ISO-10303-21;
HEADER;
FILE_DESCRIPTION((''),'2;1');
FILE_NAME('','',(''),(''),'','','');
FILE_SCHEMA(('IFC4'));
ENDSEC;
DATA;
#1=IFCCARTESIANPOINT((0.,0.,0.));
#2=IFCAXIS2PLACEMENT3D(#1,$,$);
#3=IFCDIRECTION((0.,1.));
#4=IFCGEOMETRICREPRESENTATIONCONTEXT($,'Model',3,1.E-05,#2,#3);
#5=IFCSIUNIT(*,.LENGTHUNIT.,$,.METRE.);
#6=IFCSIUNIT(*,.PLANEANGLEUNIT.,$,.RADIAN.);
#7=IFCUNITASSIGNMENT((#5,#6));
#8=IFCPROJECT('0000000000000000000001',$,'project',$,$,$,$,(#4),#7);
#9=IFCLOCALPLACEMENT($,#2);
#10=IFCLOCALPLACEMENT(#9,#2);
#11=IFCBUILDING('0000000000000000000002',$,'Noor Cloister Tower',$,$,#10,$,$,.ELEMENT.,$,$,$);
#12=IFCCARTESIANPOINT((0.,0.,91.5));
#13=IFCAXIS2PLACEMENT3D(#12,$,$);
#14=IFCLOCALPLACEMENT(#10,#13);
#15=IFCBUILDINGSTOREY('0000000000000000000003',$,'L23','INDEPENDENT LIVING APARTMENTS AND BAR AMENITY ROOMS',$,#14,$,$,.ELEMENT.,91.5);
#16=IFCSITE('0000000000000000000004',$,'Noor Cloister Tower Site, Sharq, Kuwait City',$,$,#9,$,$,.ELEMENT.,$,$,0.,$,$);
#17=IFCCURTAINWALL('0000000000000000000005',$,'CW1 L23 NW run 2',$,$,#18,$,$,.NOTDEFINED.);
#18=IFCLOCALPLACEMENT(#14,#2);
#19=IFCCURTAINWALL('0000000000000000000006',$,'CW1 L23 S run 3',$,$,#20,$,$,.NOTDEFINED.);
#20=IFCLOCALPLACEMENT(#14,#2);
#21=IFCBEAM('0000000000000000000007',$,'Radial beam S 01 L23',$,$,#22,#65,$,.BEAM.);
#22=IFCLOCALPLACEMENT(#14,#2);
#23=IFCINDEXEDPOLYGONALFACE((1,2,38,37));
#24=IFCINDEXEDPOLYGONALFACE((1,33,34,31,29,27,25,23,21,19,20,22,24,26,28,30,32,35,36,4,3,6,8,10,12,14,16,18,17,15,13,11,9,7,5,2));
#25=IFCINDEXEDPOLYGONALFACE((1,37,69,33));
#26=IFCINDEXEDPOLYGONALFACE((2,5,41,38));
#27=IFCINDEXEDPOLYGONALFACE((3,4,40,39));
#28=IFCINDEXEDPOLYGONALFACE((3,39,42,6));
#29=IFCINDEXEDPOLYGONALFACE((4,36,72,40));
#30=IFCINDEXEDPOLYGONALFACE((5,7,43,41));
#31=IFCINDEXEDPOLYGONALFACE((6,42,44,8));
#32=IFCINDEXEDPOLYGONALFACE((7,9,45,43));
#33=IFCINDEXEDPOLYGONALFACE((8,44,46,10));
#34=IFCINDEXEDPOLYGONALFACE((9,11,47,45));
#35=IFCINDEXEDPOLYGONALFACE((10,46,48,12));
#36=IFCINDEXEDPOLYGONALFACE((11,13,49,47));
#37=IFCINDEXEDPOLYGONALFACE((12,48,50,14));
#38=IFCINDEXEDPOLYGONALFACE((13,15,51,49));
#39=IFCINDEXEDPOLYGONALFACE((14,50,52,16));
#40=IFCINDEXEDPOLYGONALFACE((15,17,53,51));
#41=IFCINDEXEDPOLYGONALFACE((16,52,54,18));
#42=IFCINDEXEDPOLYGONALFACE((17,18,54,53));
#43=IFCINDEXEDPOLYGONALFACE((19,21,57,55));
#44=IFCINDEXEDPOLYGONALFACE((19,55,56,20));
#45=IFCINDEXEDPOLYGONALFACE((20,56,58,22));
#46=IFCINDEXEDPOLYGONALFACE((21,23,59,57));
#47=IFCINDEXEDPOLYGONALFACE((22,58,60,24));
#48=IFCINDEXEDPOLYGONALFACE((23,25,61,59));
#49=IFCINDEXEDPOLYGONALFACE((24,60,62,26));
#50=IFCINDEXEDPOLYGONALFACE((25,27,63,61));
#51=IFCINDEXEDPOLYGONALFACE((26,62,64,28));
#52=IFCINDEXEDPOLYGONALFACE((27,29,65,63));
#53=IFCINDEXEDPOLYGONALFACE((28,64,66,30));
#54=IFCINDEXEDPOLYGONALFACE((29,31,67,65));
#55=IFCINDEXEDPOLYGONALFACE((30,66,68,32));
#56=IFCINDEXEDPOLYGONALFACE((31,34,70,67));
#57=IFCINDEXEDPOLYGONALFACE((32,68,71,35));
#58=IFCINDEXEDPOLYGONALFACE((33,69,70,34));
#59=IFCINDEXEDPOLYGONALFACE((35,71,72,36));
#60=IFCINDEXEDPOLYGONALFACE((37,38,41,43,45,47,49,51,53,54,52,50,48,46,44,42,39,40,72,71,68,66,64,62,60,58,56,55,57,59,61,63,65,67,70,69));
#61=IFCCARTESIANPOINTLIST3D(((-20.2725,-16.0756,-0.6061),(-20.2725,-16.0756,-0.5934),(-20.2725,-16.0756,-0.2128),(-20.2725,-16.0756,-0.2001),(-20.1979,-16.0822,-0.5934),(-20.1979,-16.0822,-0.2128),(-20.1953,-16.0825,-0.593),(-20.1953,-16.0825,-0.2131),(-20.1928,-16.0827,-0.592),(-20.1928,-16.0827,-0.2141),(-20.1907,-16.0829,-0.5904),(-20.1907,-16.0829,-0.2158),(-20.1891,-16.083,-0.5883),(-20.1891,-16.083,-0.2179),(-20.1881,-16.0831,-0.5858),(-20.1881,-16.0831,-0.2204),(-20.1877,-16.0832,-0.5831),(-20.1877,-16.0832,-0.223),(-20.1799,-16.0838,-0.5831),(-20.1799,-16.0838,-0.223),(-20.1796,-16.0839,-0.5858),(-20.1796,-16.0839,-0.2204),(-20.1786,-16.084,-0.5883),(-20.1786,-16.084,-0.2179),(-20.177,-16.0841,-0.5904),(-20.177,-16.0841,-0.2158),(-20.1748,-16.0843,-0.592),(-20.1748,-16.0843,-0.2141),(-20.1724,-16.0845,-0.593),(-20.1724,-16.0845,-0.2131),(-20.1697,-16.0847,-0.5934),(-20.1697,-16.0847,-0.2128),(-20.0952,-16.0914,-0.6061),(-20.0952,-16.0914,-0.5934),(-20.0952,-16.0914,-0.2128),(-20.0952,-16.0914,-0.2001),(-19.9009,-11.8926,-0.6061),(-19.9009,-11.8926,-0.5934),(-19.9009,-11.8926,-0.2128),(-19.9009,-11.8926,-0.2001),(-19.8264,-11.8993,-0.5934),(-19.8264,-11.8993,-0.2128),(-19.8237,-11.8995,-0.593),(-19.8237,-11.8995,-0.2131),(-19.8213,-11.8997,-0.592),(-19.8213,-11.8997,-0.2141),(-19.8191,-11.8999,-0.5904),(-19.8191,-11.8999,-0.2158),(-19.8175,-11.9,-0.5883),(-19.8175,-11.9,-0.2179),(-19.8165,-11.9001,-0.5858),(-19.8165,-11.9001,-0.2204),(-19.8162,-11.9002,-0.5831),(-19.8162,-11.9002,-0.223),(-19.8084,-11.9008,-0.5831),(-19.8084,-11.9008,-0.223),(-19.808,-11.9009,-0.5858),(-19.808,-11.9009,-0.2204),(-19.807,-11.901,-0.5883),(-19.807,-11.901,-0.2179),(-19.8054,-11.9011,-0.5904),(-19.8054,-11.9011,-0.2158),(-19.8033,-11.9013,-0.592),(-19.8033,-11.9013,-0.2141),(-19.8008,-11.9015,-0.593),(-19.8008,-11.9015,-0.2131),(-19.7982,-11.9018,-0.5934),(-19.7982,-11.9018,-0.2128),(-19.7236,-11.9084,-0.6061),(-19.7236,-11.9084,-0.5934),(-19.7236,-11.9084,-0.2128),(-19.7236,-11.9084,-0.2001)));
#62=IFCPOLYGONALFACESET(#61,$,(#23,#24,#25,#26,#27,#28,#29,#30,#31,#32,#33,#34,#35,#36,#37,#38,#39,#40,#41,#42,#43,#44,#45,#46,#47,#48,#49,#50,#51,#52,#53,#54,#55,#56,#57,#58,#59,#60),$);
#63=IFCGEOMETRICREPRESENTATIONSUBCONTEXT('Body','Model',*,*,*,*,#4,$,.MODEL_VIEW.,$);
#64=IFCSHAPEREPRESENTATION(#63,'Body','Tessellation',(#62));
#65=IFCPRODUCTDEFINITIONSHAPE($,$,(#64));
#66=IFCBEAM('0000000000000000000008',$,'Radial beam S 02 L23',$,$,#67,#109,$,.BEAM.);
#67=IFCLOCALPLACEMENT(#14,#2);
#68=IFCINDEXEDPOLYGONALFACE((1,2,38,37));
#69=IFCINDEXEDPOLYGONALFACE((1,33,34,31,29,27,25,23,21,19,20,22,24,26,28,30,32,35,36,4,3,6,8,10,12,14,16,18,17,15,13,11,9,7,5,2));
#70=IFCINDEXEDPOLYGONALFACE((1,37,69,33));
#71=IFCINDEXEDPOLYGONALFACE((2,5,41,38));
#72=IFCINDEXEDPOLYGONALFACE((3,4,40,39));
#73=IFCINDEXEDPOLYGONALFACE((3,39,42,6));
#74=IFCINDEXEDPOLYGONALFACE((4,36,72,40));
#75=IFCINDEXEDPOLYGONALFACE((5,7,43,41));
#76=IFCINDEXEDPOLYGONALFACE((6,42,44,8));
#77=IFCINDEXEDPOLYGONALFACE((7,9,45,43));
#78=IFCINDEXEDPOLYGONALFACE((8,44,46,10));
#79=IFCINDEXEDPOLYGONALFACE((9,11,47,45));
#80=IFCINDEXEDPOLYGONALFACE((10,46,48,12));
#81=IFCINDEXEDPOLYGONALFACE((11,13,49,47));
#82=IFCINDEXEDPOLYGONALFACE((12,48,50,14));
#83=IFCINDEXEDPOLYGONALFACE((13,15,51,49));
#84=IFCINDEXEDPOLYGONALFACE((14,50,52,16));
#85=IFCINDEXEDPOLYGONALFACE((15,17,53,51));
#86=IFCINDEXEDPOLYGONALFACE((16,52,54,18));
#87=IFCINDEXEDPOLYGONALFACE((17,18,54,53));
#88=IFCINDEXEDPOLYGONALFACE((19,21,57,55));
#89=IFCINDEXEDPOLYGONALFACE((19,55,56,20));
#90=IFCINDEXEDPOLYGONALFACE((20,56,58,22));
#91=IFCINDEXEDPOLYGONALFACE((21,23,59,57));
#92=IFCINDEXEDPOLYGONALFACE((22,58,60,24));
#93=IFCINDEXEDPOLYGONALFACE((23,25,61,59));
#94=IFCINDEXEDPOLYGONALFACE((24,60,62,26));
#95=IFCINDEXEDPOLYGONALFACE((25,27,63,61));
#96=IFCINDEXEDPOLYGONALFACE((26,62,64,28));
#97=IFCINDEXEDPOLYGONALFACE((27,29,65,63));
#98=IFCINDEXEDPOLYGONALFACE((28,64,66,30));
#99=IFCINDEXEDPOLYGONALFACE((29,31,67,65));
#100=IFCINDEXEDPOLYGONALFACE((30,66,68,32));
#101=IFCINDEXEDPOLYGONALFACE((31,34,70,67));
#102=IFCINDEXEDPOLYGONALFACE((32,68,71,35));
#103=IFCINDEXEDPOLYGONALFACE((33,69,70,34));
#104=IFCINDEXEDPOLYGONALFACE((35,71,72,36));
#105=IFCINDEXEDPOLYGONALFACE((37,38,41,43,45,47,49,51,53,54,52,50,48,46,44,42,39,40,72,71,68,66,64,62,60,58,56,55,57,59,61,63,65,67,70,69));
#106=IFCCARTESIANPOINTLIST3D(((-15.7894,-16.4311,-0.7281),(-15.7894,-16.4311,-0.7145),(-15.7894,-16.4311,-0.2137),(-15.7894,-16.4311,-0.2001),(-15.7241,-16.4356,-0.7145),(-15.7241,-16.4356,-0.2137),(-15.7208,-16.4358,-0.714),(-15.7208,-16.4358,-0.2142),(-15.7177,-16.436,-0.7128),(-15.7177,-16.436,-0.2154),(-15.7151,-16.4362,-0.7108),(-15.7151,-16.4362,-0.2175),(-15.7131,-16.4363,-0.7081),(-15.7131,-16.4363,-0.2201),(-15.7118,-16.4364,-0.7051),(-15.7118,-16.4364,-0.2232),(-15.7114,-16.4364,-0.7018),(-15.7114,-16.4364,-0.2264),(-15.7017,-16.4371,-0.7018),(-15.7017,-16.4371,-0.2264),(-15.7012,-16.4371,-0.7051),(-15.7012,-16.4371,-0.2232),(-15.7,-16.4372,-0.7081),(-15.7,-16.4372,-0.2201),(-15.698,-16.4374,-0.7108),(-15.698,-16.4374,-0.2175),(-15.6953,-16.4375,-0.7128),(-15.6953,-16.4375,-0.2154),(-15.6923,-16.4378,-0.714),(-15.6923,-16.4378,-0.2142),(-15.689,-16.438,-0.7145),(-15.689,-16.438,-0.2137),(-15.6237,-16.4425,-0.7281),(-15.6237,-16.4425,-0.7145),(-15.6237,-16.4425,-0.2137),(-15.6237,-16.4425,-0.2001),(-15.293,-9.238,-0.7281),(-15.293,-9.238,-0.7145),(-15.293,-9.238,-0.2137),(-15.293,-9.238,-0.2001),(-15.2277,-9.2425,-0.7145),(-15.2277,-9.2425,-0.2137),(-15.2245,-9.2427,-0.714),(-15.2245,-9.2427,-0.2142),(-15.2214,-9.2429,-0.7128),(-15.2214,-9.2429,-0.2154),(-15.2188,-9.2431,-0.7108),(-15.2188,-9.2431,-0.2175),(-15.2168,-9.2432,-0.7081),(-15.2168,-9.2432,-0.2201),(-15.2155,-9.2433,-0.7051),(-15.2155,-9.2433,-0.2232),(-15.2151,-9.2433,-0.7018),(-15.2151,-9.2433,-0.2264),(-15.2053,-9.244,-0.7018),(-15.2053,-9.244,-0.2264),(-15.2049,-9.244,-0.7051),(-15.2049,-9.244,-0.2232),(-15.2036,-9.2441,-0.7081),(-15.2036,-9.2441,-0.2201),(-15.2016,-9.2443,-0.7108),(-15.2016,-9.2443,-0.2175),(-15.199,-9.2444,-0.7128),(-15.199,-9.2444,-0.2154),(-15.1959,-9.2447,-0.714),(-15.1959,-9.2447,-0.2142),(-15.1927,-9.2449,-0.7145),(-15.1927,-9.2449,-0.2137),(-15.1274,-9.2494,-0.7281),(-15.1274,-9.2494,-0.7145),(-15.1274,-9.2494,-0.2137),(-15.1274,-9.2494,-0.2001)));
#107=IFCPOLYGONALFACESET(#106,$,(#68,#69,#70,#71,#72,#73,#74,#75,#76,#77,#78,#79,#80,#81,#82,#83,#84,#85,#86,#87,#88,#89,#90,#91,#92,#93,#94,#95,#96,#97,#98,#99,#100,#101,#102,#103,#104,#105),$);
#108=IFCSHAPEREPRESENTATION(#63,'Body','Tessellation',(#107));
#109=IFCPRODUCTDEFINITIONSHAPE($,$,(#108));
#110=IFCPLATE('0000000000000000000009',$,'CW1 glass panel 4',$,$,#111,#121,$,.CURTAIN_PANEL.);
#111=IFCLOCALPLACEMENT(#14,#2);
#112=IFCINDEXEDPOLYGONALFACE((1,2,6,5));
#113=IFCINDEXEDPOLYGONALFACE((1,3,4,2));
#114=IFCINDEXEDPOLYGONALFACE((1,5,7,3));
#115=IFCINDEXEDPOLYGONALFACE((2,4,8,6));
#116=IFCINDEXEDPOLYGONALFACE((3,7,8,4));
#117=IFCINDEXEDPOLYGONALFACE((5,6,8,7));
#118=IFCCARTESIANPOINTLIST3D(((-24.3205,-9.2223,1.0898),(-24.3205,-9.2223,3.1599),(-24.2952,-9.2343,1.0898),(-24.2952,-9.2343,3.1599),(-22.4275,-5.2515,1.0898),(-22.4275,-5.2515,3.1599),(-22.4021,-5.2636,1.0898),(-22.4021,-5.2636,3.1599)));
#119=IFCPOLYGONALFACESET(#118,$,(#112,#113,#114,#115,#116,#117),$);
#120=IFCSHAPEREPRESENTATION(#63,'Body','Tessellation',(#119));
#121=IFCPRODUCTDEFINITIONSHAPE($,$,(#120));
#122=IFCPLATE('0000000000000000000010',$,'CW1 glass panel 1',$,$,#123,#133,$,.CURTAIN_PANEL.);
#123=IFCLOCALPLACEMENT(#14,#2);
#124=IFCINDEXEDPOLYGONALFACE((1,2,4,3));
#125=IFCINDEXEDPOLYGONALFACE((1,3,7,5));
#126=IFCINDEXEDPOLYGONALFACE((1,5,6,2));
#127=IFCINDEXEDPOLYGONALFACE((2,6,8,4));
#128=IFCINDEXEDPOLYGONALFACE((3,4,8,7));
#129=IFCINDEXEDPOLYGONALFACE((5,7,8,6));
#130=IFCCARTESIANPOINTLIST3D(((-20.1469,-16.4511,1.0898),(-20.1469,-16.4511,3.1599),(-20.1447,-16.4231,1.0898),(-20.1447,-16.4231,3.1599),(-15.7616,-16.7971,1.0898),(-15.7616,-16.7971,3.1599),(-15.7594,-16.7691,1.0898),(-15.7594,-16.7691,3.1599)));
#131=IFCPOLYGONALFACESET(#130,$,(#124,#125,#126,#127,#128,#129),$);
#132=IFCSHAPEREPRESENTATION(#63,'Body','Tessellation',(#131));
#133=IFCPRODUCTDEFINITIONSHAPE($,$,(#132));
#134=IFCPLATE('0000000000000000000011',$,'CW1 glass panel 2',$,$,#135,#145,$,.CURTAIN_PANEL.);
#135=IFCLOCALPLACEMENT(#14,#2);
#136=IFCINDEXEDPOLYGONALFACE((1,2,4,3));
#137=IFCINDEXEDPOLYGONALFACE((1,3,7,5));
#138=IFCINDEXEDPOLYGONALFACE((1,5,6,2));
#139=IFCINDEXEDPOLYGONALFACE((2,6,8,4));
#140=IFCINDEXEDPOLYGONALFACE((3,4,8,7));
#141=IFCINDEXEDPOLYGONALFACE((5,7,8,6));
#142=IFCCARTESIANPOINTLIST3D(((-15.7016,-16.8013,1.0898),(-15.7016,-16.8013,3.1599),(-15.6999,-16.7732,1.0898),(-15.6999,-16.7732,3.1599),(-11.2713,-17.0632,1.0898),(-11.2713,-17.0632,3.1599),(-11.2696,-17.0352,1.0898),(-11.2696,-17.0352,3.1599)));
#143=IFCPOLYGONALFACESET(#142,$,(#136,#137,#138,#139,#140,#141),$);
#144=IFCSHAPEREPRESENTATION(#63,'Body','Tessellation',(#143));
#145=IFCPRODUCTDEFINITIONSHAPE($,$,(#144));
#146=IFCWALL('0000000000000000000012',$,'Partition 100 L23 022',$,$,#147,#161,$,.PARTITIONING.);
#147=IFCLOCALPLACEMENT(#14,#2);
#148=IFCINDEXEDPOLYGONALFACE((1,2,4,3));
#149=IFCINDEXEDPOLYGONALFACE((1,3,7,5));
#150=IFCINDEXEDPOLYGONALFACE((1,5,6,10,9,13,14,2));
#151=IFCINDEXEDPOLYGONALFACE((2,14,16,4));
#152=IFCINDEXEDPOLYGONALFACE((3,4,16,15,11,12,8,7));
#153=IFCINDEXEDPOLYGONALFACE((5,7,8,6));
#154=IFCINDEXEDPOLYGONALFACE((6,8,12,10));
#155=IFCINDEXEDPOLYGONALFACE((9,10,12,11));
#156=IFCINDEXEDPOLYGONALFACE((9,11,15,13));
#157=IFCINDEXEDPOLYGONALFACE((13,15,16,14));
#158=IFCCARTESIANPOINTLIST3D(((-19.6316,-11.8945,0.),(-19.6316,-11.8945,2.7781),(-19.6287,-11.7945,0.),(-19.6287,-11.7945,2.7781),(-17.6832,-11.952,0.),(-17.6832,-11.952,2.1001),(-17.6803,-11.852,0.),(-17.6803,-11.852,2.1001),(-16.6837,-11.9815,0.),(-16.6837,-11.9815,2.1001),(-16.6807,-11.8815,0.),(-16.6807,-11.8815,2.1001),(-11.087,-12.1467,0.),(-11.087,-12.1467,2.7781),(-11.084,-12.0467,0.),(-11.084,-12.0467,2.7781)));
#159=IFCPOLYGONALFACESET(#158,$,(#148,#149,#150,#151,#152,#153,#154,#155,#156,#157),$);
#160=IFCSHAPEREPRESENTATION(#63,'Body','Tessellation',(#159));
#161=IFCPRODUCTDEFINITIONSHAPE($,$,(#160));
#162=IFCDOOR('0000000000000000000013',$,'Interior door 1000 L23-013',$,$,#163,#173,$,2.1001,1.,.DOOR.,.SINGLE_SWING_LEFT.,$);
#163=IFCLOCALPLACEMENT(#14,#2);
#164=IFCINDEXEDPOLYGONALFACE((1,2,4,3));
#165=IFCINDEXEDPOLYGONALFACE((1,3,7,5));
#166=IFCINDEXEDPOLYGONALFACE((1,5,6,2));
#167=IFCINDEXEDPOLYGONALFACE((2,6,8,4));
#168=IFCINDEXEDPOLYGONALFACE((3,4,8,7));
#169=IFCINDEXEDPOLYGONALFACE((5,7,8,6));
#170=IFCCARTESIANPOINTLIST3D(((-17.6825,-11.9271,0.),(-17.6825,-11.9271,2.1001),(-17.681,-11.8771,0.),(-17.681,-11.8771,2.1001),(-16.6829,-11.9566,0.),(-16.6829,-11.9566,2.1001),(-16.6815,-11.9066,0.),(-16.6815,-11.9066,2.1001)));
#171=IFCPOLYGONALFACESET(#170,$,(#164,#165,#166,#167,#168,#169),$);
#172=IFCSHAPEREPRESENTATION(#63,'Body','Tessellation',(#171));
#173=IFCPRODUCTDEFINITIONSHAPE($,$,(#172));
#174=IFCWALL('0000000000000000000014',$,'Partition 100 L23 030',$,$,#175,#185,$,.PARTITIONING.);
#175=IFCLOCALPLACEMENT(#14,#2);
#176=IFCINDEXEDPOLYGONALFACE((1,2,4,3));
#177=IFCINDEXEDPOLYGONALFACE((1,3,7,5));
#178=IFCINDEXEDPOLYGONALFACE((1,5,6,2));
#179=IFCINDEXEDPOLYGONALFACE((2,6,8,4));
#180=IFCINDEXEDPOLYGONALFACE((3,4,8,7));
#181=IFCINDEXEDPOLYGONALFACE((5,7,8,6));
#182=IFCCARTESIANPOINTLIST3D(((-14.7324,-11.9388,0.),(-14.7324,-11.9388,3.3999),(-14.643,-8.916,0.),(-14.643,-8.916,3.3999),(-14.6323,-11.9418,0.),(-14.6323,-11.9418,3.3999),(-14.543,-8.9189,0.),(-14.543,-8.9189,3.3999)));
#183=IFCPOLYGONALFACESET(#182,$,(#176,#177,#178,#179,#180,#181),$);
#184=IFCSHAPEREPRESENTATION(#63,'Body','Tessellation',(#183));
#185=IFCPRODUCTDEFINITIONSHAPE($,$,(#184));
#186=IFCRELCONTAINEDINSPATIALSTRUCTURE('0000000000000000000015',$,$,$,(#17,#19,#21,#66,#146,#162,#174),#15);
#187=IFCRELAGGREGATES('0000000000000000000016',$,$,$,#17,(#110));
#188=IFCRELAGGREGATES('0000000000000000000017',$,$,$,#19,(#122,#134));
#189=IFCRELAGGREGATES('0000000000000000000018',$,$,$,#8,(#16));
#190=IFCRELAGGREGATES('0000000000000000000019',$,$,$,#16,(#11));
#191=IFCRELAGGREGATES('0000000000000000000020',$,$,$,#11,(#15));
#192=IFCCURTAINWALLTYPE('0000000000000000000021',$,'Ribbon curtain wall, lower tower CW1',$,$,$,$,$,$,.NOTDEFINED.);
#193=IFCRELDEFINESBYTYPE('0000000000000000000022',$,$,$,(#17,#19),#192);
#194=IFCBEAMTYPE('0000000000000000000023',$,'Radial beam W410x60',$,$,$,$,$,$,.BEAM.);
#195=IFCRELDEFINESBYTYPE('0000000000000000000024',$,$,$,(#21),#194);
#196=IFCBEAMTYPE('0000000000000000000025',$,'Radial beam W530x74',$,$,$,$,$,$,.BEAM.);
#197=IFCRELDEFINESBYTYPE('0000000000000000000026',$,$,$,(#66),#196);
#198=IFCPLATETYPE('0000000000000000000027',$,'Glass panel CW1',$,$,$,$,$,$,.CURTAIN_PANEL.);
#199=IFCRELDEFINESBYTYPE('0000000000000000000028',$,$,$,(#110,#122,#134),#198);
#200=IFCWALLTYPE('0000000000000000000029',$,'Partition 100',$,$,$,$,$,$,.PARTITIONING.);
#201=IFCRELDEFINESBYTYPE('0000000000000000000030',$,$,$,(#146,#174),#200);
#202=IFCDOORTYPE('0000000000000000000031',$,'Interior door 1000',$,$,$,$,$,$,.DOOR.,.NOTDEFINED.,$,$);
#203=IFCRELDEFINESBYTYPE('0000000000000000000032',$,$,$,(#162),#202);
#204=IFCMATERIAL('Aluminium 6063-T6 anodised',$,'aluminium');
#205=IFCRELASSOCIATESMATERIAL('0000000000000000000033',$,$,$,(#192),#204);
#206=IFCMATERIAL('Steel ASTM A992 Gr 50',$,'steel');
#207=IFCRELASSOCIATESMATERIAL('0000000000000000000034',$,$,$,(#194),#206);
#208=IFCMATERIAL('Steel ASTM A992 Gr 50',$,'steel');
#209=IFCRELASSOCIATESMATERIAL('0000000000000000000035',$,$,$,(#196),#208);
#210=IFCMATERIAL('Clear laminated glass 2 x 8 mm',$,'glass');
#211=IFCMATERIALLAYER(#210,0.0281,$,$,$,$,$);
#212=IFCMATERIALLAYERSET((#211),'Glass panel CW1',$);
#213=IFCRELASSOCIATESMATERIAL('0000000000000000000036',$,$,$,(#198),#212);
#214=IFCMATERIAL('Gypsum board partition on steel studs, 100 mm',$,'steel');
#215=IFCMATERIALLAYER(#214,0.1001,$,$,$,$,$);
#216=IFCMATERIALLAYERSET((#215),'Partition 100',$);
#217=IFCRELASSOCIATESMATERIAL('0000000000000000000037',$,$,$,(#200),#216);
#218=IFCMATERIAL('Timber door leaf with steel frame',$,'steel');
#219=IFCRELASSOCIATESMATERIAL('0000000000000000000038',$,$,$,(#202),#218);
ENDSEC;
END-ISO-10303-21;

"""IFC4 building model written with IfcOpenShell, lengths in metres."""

from ifc_helpers import new_model, si_unit, direction, frame, frame_2d, origin, origin_2d, place, context, subcontext, project, spatial, rectangle, i_section, extrude, material, layer, layer_set, material_profile, profile_set, type_object, element, fill, aggregate, save


model = new_model("IFC4")

# Units and contexts
model_context = context("Model", 3, precision=1e-05, world=origin(), true_north=direction((0.0, 1.0)))
body_context = subcontext(model_context, "Body", "Model", "MODEL_VIEW")
ifc_project = project(units=[si_unit("LENGTHUNIT", "METRE"), si_unit("PLANEANGLEUNIT", "RADIAN")], contexts=[model_context])

# Site, building, storey
site_placement = place(None, origin())
site = spatial("IfcSite", under=ifc_project, at=site_placement, Name="Noor Cloister Tower Site, Sharq, Kuwait City", CompositionType="ELEMENT", RefElevation=0.0)
building_placement = place(site_placement, origin())
building = spatial("IfcBuilding", under=site, at=building_placement, Name="Noor Cloister Tower", CompositionType="ELEMENT")
storey_placement = place(building_placement, frame((0.0, 0.0, 91.5)))
storey = spatial("IfcBuildingStorey", under=building, at=storey_placement, Name="L23", Description="INDEPENDENT LIVING APARTMENTS AND BAR AMENITY ROOMS", CompositionType="ELEMENT", Elevation=91.5)

# Curtain wall
ifc_material_1 = material(Name="Aluminium 6063-T6 anodised", Category="aluminium")
curtain_wall_type = type_object("IfcCurtainWallType", Name="Ribbon curtain wall, lower tower CW1", PredefinedType="NOTDEFINED", material=ifc_material_1)
curtain_wall_1_placement = place(storey_placement, origin())
curtain_wall_1 = element("IfcCurtainWall", 1, at=curtain_wall_1_placement, inside=storey, type_object=curtain_wall_type, Name="CW1 L23 NW run 2", PredefinedType="NOTDEFINED")

# Curtain wall
curtain_wall_2_placement = place(storey_placement, origin())
curtain_wall_2 = element("IfcCurtainWall", 2, at=curtain_wall_2_placement, inside=storey, type_object=curtain_wall_type, Name="CW1 L23 S run 3", PredefinedType="NOTDEFINED")

# Beams
ifc_material_2 = material(Name="Steel ASTM A992 Gr 50", Category="steel")
ifc_material_profile_1 = material_profile(ifc_material_2, i_section(OverallWidth=0.178, OverallDepth=0.406, WebThickness=0.0078, FlangeThickness=0.0127, FilletRadius=0.0103, at=origin_2d()), Name="W410x60")
ifc_profile_set_1 = profile_set([ifc_material_profile_1], Name="Steel ASTM A992 Gr 50")
beam_type_1 = type_object("IfcBeamType", Name="Radial beam W410x60", PredefinedType="BEAM", material=ifc_profile_set_1)
beam_1_placement = place(storey_placement, frame((-20.1838, -16.0835, -0.4031), z_axis=(0.088481, 0.996078, 0.0), x_axis=(-0.996078, 0.088481, 0.0)))
element("IfcBeam", 3, at=beam_1_placement, inside=storey, type_object=beam_type_1, Name="Radial beam S 01 L23", PredefinedType="BEAM", context=body_context, shape_type="SweptSolid", body=[
    extrude(i_section(OverallWidth=0.178, OverallDepth=0.406, WebThickness=0.0078, FlangeThickness=0.0127, FilletRadius=0.0103, at=origin_2d()), origin(), (0.0, 0.0, 1.0), 4.1995),
])
ifc_material_3 = material(Name="Steel ASTM A992 Gr 50", Category="steel")
ifc_material_profile_2 = material_profile(ifc_material_3, i_section(OverallWidth=0.166, OverallDepth=0.5281, WebThickness=0.0098, FlangeThickness=0.0137, FilletRadius=0.0127, at=origin_2d()), Name="W530x74")
ifc_profile_set_2 = profile_set([ifc_material_profile_2], Name="Steel ASTM A992 Gr 50")
beam_type_2 = type_object("IfcBeamType", Name="Radial beam W530x74", PredefinedType="BEAM", material=ifc_profile_set_2)
beam_2_placement = place(storey_placement, frame((-15.7065, -16.4368, -0.4641), z_axis=(0.068838, 0.997628, 0.0), x_axis=(-0.997628, 0.068838, 0.0)))
element("IfcBeam", 4, at=beam_2_placement, inside=storey, type_object=beam_type_2, Name="Radial beam S 02 L23", PredefinedType="BEAM", context=body_context, shape_type="SweptSolid", body=[
    extrude(i_section(OverallWidth=0.166, OverallDepth=0.5281, WebThickness=0.0098, FlangeThickness=0.0137, FilletRadius=0.0127, at=origin_2d()), origin(), (0.0, 0.0, 1.0), 7.2102),
])

# Plates
ifc_material_4 = material(Name="Clear laminated glass 2 x 8 mm", Category="glass")
ifc_layer_1 = layer(ifc_material_4, 0.0281)
ifc_layer_set_1 = layer_set([ifc_layer_1], Name="Glass panel CW1")
plate_type = type_object("IfcPlateType", Name="Glass panel CW1", PredefinedType="CURTAIN_PANEL", material=ifc_layer_set_1)
plate_1_placement = place(storey_placement, frame((-23.3613, -7.2429, 1.0898), z_axis=(0.0, 0.0, 1.0), x_axis=(-0.430337, -0.902668, 0.0)))
plate_1 = element("IfcPlate", 5, at=plate_1_placement, type_object=plate_type, Name="CW1 glass panel 4", PredefinedType="CURTAIN_PANEL", context=body_context, shape_type="SweptSolid", body=[
    extrude(rectangle(XDim=4.3989, YDim=0.0281, at=origin_2d()), origin(), (0.0, 0.0, 1.0), 2.0701),
])
aggregate(curtain_wall_1, [plate_1])
plate_2_placement = place(storey_placement, frame((-17.9531, -16.6101, 1.0898), z_axis=(0.0, 0.0, 1.0), x_axis=(0.996902, -0.078652, 0.0)))
plate_2 = element("IfcPlate", 6, at=plate_2_placement, type_object=plate_type, Name="CW1 glass panel 1", PredefinedType="CURTAIN_PANEL", context=body_context, shape_type="SweptSolid", body=[
    extrude(rectangle(XDim=4.3989, YDim=0.0281, at=origin_2d()), origin(), (0.0, 0.0, 1.0), 2.0701),
])
plate_3_placement = place(storey_placement, frame((-13.4856, -16.9182, 1.0898), z_axis=(0.0, 0.0, 1.0), x_axis=(0.998257, -0.059016, 0.0)))
plate_3 = element("IfcPlate", 7, at=plate_3_placement, type_object=plate_type, Name="CW1 glass panel 2", PredefinedType="CURTAIN_PANEL", context=body_context, shape_type="SweptSolid", body=[
    extrude(rectangle(XDim=4.438, YDim=0.0281, at=origin_2d()), origin(), (0.0, 0.0, 1.0), 2.0701),
])
aggregate(curtain_wall_2, [plate_2, plate_3])

# Wall, opening, door
ifc_material_5 = material(Name="Gypsum board partition on steel studs, 100 mm", Category="steel")
ifc_layer_2 = layer(ifc_material_5, 0.1001)
ifc_layer_set_2 = layer_set([ifc_layer_2], Name="Partition 100")
wall_type = type_object("IfcWallType", Name="Partition 100", PredefinedType="PARTITIONING", material=ifc_layer_set_2)
wall_1_placement = place(storey_placement, frame((-19.6301, -11.8445, 0.0), z_axis=(0.0, 0.0, 1.0), x_axis=(0.999565, -0.029502, 0.0)))
wall_1 = element("IfcWall", 8, at=wall_1_placement, inside=storey, type_object=wall_type, Name="Partition 100 L23 022", PredefinedType="PARTITIONING", context=body_context, shape_type="SweptSolid", body=[
    extrude(rectangle(XDim=8.5483, YDim=0.1001, at=frame_2d((4.2742, 0.0))), origin(), (0.0, 0.0, 1.0), 2.7781),
])
opening_placement = place(wall_1_placement, frame((1.9492, 0.0, 0.0)))
opening = element("IfcOpeningElement", 9, at=opening_placement, cuts=wall_1, PredefinedType="OPENING", context=body_context, shape_type="SweptSolid", body=[
    extrude(rectangle(XDim=1.0, YDim=2.1001, at=frame_2d((0.5, 1.05))), frame((0.0, 0.0601, 0.0), z_axis=(0.0, -1.0, 0.0), x_axis=(1.0, 0.0, 0.0)), (0.0, 0.0, 1.0), 0.1201),
])
ifc_material_6 = material(Name="Timber door leaf with steel frame", Category="steel")
door_type = type_object("IfcDoorType", Name="Interior door 1000", OperationType="NOTDEFINED", PredefinedType="DOOR", material=ifc_material_6)
door_placement = place(opening_placement, origin())
door = element("IfcDoor", 10, at=door_placement, inside=storey, type_object=door_type, Name="Interior door 1000 L23-013", OperationType="SINGLE_SWING_LEFT", OverallHeight=2.1001, OverallWidth=1.0, PredefinedType="DOOR", context=body_context, shape_type="SweptSolid", body=[
    extrude(rectangle(XDim=1.0, YDim=2.1001, at=frame_2d((0.5, 1.05))), frame((0.0, 0.0249, 0.0), z_axis=(0.0, -1.0, 0.0), x_axis=(1.0, 0.0, 0.0)), (0.0, 0.0, 1.0), 0.05),
])
fill(opening, door)

# Wall
wall_2_placement = place(storey_placement, frame((-14.6824, -11.9404, 0.0), z_axis=(0.0, 0.0, 1.0), x_axis=(0.029546, 0.999563, 0.0)))
element("IfcWall", 11, at=wall_2_placement, inside=storey, type_object=wall_type, Name="Partition 100 L23 030", PredefinedType="PARTITIONING", context=body_context, shape_type="SweptSolid", body=[
    extrude(rectangle(XDim=3.0242, YDim=0.1001, at=frame_2d((1.5122, 0.0))), origin(), (0.0, 0.0, 1.0), 3.3999),
])

save(model, "model.ifc")
